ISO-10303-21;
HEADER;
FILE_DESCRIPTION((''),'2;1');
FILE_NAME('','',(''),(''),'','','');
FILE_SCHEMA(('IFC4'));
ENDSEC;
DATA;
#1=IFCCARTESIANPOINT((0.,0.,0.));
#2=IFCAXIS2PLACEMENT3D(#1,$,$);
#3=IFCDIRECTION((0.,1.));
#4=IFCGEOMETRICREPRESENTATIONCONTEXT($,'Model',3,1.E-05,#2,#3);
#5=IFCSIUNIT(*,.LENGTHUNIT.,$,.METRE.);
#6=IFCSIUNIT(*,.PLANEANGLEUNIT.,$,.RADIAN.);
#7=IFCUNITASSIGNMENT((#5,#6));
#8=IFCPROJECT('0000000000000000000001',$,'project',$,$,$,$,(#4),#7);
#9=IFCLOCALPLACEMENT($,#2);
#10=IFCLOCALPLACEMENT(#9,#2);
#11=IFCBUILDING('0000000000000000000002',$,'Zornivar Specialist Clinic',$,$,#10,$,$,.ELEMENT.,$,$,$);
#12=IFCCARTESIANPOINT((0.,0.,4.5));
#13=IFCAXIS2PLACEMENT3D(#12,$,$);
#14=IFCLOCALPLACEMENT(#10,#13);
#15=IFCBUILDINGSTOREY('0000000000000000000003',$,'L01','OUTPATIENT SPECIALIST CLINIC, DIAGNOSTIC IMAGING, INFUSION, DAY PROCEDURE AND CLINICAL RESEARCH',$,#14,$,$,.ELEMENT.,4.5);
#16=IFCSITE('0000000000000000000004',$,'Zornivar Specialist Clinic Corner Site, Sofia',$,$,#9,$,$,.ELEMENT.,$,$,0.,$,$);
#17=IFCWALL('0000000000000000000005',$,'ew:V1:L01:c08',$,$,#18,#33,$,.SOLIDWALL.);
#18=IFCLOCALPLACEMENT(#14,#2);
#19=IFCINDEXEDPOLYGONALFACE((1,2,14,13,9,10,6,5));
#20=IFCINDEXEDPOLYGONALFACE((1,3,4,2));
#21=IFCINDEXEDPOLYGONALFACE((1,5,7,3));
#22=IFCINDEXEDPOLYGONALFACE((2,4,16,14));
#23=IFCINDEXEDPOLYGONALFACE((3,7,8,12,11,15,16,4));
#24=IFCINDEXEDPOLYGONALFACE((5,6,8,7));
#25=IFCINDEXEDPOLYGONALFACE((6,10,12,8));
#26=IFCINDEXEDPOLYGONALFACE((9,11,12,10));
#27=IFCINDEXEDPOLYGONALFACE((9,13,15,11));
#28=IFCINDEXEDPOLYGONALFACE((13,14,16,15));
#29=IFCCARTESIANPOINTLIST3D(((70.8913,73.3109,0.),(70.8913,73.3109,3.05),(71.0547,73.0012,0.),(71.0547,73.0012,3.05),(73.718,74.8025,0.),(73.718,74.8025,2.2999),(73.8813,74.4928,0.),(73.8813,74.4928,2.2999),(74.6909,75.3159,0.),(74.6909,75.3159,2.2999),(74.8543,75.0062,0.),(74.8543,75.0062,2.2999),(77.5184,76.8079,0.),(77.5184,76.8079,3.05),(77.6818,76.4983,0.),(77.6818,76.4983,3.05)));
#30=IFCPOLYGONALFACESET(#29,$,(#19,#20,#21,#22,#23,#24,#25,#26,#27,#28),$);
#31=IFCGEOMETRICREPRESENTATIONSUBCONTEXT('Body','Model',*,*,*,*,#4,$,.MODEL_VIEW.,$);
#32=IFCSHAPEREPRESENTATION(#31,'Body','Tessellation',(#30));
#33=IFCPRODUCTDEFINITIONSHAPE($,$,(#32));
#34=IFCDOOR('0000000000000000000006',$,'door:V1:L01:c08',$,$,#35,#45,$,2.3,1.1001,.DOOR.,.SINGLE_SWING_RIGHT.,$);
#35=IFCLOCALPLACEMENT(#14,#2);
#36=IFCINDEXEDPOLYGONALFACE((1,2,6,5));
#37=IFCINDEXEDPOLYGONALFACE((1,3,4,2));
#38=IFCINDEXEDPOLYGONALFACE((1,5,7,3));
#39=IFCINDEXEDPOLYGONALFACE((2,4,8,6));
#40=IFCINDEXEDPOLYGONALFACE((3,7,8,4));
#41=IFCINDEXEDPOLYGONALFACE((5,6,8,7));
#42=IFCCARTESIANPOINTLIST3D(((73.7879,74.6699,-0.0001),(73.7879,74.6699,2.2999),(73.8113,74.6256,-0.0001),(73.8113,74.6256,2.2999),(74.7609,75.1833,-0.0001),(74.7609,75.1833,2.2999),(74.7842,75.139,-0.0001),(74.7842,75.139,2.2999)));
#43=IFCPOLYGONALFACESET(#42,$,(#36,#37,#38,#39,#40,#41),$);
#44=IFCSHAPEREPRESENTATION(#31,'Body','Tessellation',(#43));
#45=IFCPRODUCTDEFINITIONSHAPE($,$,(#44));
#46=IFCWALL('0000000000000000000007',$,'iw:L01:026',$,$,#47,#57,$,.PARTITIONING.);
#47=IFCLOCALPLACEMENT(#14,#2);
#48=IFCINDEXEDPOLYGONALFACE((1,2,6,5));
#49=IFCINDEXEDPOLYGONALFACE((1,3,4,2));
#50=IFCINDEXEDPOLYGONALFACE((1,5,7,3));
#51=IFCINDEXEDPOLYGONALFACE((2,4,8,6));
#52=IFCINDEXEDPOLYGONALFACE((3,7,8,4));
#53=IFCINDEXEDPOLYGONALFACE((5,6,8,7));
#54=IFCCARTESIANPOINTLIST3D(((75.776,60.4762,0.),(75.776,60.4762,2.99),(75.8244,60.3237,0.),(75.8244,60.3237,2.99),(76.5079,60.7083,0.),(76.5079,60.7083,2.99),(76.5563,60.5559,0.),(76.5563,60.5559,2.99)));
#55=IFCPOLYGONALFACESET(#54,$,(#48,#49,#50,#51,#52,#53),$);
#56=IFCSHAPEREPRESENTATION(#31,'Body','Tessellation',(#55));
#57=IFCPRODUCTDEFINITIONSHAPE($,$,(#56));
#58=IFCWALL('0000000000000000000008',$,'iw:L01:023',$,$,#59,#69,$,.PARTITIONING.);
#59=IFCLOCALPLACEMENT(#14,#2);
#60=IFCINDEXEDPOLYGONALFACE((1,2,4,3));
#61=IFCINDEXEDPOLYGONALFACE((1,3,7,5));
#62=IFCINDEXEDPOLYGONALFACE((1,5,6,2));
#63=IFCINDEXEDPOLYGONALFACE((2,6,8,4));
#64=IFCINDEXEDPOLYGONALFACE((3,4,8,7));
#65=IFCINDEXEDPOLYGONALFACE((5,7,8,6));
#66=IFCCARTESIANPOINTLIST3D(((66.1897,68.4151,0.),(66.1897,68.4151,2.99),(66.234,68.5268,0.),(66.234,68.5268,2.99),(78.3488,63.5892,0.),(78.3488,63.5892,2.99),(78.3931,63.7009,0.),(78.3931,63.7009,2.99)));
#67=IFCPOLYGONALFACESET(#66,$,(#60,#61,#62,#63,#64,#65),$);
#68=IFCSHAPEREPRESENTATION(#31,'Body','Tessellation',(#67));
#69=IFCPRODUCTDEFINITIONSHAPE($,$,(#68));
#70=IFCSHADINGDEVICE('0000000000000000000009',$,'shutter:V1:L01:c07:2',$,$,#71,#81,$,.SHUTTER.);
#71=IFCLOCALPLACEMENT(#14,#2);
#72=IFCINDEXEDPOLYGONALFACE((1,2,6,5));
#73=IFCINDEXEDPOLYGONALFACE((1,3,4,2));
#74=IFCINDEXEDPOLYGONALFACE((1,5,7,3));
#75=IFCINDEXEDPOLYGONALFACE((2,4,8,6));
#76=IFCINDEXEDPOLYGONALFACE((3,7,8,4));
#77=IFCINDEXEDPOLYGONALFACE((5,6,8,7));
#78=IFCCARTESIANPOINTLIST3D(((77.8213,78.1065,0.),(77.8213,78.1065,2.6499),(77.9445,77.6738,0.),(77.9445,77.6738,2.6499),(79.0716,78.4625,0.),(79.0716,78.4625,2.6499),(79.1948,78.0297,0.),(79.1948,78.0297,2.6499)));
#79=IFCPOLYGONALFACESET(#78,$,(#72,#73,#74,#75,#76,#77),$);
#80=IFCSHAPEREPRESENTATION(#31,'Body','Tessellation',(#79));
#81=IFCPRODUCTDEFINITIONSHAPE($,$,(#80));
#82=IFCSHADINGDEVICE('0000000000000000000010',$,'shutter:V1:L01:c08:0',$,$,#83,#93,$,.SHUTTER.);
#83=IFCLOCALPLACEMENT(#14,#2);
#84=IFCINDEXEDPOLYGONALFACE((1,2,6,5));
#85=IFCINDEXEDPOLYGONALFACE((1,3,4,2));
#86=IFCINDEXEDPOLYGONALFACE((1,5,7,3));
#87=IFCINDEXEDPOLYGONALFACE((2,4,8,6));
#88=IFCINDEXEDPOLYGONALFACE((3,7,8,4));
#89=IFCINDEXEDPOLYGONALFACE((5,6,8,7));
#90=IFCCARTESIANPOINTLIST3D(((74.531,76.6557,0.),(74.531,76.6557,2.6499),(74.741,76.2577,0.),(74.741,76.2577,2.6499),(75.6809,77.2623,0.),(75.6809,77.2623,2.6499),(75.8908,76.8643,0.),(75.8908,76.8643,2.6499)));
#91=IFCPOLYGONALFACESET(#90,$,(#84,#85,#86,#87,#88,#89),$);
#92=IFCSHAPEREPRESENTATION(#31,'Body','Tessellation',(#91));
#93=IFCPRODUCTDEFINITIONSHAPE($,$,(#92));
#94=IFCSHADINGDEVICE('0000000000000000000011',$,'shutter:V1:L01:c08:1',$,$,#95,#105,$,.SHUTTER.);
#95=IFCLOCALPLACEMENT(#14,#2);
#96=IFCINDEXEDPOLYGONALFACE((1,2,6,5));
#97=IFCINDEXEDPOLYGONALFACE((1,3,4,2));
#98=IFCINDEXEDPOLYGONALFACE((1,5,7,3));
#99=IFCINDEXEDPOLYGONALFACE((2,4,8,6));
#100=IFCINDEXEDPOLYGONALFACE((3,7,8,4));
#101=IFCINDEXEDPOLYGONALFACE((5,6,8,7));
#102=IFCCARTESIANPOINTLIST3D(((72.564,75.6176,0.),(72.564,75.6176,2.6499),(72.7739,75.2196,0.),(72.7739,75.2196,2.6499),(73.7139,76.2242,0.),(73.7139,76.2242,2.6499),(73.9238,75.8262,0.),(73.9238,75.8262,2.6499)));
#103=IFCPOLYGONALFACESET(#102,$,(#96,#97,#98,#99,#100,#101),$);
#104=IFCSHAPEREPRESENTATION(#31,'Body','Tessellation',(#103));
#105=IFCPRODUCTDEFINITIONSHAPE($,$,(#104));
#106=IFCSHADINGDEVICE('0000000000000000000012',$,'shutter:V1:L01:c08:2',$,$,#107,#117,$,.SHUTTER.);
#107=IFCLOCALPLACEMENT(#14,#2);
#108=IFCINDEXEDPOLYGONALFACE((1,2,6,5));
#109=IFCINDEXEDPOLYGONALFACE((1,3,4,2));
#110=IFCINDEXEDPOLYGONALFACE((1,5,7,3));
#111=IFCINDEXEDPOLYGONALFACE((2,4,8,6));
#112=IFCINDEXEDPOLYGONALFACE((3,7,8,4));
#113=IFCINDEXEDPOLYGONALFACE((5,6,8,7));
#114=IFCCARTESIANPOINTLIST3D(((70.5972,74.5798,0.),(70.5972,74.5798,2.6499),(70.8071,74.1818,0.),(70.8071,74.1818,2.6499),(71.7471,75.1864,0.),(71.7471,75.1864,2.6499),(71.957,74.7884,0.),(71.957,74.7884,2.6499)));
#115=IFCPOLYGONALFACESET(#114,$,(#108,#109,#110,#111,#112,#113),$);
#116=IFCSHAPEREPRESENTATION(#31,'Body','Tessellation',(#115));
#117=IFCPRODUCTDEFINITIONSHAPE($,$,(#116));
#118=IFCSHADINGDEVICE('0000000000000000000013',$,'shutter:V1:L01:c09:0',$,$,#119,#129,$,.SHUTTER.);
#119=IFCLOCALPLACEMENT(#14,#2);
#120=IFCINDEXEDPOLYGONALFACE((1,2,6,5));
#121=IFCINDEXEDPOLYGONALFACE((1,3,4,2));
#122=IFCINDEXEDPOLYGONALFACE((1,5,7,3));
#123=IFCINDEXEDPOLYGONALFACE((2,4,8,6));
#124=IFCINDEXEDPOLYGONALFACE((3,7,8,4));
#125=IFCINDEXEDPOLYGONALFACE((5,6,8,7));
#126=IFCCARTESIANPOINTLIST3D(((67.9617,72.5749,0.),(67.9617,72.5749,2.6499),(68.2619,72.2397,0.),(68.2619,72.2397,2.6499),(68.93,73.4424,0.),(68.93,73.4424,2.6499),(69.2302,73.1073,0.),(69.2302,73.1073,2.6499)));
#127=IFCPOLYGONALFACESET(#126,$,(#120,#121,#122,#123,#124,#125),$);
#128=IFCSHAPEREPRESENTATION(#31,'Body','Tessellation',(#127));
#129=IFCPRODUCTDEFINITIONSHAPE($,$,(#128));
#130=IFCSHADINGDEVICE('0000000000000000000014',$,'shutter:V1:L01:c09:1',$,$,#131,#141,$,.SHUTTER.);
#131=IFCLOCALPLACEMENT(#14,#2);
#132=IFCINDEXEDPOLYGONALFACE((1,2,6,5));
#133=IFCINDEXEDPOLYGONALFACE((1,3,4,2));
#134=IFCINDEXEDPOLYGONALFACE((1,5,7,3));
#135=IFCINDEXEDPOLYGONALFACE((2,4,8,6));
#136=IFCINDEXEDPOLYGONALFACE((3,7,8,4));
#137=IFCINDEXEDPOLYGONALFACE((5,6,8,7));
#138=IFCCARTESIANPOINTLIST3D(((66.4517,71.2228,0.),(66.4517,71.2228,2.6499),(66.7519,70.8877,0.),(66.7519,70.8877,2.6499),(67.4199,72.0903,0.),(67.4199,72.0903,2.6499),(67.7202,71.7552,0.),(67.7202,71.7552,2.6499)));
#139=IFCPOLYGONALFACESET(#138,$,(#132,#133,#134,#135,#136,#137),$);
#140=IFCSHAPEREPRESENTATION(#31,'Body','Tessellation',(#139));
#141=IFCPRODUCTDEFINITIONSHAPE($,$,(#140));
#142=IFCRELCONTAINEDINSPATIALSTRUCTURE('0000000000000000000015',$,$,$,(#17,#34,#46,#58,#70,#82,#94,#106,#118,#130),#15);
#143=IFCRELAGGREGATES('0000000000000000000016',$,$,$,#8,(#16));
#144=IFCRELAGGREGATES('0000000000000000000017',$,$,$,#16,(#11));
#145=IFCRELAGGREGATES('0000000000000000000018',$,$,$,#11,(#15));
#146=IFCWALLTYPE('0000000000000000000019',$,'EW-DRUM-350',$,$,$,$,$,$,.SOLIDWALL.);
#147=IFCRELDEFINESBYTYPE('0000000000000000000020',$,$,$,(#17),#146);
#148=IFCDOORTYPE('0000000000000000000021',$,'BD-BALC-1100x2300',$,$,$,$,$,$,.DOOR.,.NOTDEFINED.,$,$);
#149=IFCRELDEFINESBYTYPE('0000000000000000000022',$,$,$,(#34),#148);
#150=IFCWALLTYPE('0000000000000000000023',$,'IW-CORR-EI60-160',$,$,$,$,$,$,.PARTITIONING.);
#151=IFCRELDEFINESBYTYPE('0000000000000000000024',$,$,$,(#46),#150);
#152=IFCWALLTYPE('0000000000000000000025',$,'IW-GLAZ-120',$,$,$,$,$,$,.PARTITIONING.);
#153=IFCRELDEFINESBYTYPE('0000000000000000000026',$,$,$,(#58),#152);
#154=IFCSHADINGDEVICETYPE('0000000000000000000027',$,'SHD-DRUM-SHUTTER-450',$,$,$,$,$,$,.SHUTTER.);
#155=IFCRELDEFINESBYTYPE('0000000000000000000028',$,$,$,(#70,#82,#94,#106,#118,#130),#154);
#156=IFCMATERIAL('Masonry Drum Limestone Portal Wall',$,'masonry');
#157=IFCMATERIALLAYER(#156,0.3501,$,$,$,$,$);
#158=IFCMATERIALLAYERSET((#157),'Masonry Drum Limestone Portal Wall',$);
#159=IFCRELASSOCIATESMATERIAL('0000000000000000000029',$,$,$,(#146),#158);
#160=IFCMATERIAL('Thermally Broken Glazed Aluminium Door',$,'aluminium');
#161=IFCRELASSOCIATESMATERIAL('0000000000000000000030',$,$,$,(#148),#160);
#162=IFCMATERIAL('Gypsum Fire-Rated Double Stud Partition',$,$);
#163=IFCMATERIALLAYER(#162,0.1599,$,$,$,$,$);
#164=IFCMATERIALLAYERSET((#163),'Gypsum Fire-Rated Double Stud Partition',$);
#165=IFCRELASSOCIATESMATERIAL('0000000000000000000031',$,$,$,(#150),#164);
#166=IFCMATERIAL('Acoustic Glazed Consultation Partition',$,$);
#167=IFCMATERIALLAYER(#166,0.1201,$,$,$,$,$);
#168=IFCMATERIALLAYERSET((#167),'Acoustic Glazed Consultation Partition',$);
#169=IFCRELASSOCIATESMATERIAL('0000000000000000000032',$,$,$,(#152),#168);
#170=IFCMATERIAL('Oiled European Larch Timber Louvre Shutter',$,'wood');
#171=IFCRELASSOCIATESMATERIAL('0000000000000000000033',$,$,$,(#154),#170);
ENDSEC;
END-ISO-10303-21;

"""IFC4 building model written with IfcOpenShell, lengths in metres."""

from ifc_helpers import new_model, si_unit, direction, frame, frame_2d, origin, origin_2d, place, context, subcontext, project, spatial, rectangle, extrude, material, layer, layer_set, type_object, element, fill, save


model = new_model("IFC4")

# Units and contexts
model_context = context("Model", 3, precision=1e-05, world=origin(), true_north=direction((0.0, 1.0)))
body_context = subcontext(model_context, "Body", "Model", "MODEL_VIEW")
ifc_project = project(units=[si_unit("LENGTHUNIT", "METRE"), si_unit("PLANEANGLEUNIT", "RADIAN")], contexts=[model_context])

# Site, building, storey
site_placement = place(None, origin())
site = spatial("IfcSite", under=ifc_project, at=site_placement, Name="Zornivar Specialist Clinic Corner Site, Sofia", CompositionType="ELEMENT", RefElevation=0.0)
building_placement = place(site_placement, origin())
building = spatial("IfcBuilding", under=site, at=building_placement, Name="Zornivar Specialist Clinic", CompositionType="ELEMENT")
storey_placement = place(building_placement, frame((0.0, 0.0, 4.5)))
storey = spatial("IfcBuildingStorey", under=building, at=storey_placement, Name="L01", Description="OUTPATIENT SPECIALIST CLINIC, DIAGNOSTIC IMAGING, INFUSION, DAY PROCEDURE AND CLINICAL RESEARCH", CompositionType="ELEMENT", Elevation=4.5)

# Wall, opening, door
ifc_material_1 = material(Name="Masonry Drum Limestone Portal Wall", Category="masonry")
ifc_layer_1 = layer(ifc_material_1, 0.3501)
ifc_layer_set_1 = layer_set([ifc_layer_1], Name="Masonry Drum Limestone Portal Wall")
wall_type_1 = type_object("IfcWallType", Name="EW-DRUM-350", PredefinedType="SOLIDWALL", material=ifc_layer_set_1)
wall_1_placement = place(storey_placement, frame((77.6001, 76.6531, 0.0), z_axis=(0.0, 0.0, 1.0), x_axis=(-0.884419, -0.466694, 0.0)))
wall_1 = element("IfcWall", 1, at=wall_1_placement, inside=storey, type_object=wall_type_1, Name="ew:V1:L01:c08", PredefinedType="SOLIDWALL", context=body_context, shape_type="SweptSolid", body=[
    extrude(rectangle(XDim=7.4932, YDim=0.3501, at=frame_2d((3.7466, 0.0))), origin(), (0.0, 0.0, 1.0), 3.05),
])
opening_1_placement = place(wall_1_placement, frame((3.197, 0.0, 0.0)))
opening_1 = element("IfcOpeningElement", 2, at=opening_1_placement, cuts=wall_1, PredefinedType="OPENING", context=body_context, shape_type="SweptSolid", body=[
    extrude(rectangle(XDim=1.1001, YDim=2.3, at=frame_2d((0.55, 1.1499))), frame((0.0, 0.1851, 0.0), z_axis=(0.0, -1.0, 0.0), x_axis=(1.0, 0.0, 0.0)), (0.0, 0.0, 1.0), 0.3701),
])
ifc_material_2 = material(Name="Thermally Broken Glazed Aluminium Door", Category="aluminium")
door_type_1 = type_object("IfcDoorType", Name="BD-BALC-1100x2300", OperationType="NOTDEFINED", PredefinedType="DOOR", material=ifc_material_2)
door_1_placement = place(opening_1_placement, origin())
door_1 = element("IfcDoor", 3, at=door_1_placement, inside=storey, type_object=door_type_1, Name="door:V1:L01:c08", OperationType="SINGLE_SWING_RIGHT", OverallHeight=2.3, OverallWidth=1.1001, PredefinedType="DOOR", context=body_context, shape_type="SweptSolid", body=[
    extrude(rectangle(XDim=1.1001, YDim=2.3, at=frame_2d((0.55, 1.1499))), frame((0.0, 0.0249, 0.0), z_axis=(0.0, -1.0, 0.0), x_axis=(1.0, 0.0, 0.0)), (0.0, 0.0, 1.0), 0.05),
])
fill(opening_1, door_1)
ifc_material_3 = material(Name="Gypsum Fire-Rated Double Stud Partition")
ifc_layer_2 = layer(ifc_material_3, 0.1599)
ifc_layer_set_2 = layer_set([ifc_layer_2], Name="Gypsum Fire-Rated Double Stud Partition")
wall_type_2 = type_object("IfcWallType", Name="IW-CORR-EI60-160", PredefinedType="PARTITIONING", material=ifc_layer_set_2)

# Walls
wall_2_placement = place(storey_placement, frame((76.532, 60.6321, 0.0), z_axis=(0.0, 0.0, 1.0), x_axis=(-0.953193, -0.302364, 0.0)))
element("IfcWall", 4, at=wall_2_placement, inside=storey, type_object=wall_type_2, Name="iw:L01:026", PredefinedType="PARTITIONING", context=body_context, shape_type="SweptSolid", body=[
    extrude(rectangle(XDim=0.7678, YDim=0.1599, at=frame_2d((0.3838, 0.0))), origin(), (0.0, 0.0, 1.0), 2.99),
])
ifc_material_4 = material(Name="Acoustic Glazed Consultation Partition")
ifc_layer_3 = layer(ifc_material_4, 0.1201)
ifc_layer_set_3 = layer_set([ifc_layer_3], Name="Acoustic Glazed Consultation Partition")
wall_type_3 = type_object("IfcWallType", Name="IW-GLAZ-120", PredefinedType="PARTITIONING", material=ifc_layer_set_3)
wall_3_placement = place(storey_placement, frame((78.3711, 63.645, 0.0), z_axis=(0.0, 0.0, 1.0), x_axis=(-0.929468, 0.368902, 0.0)))
element("IfcWall", 5, at=wall_3_placement, inside=storey, type_object=wall_type_3, Name="iw:L01:023", PredefinedType="PARTITIONING", context=body_context, shape_type="SweptSolid", body=[
    extrude(rectangle(XDim=13.0818, YDim=0.1201, at=frame_2d((6.541, 0.0))), origin(), (0.0, 0.0, 1.0), 2.99),
])

# Shading devices
ifc_material_5 = material(Name="Oiled European Larch Timber Louvre Shutter", Category="wood")
shading_device_type = type_object("IfcShadingDeviceType", Name="SHD-DRUM-SHUTTER-450", PredefinedType="SHUTTER", material=ifc_material_5)
for number, where, z_axis, x_axis, name in (
    (6, (78.5081, 78.0681, 0.0), (0.0, 0.0, 1.0), (-0.961785, -0.273805, 0.0), "shutter:V1:L01:c07:2"),
    (7, (75.2109, 76.76, 0.0), (0.0, 0.0, 1.0), (-0.88447, -0.466597, 0.0), "shutter:V1:L01:c08:0"),
    (8, (73.2439, 75.7219, 0.0), (0.0, 0.0, 1.0), (-0.88447, -0.466597, 0.0), "shutter:V1:L01:c08:1"),
    (9, (71.2771, 74.6841, 0.0), (0.0, 0.0, 1.0), (-0.88447, -0.466597, 0.0), "shutter:V1:L01:c08:2"),
    (10, (68.5959, 72.8411, 0.0), (0.0, 0.0, 1.0), (-0.744797, -0.667291, 0.0), "shutter:V1:L01:c09:0"),
    (11, (67.0859, 71.489, 0.0), (0.0, 0.0, 1.0), (-0.744797, -0.667291, 0.0), "shutter:V1:L01:c09:1"),
):
    element("IfcShadingDevice", number, at=place(storey_placement, frame(where, z_axis=z_axis, x_axis=x_axis)), inside=storey, type_object=shading_device_type, Name=name, PredefinedType="SHUTTER", context=body_context, shape_type="SweptSolid", body=[
        extrude(rectangle(XDim=1.3, YDim=0.45, at=origin_2d()), origin(), (0.0, 0.0, 1.0), 2.6499),
    ])

save(model, "model.ifc")
